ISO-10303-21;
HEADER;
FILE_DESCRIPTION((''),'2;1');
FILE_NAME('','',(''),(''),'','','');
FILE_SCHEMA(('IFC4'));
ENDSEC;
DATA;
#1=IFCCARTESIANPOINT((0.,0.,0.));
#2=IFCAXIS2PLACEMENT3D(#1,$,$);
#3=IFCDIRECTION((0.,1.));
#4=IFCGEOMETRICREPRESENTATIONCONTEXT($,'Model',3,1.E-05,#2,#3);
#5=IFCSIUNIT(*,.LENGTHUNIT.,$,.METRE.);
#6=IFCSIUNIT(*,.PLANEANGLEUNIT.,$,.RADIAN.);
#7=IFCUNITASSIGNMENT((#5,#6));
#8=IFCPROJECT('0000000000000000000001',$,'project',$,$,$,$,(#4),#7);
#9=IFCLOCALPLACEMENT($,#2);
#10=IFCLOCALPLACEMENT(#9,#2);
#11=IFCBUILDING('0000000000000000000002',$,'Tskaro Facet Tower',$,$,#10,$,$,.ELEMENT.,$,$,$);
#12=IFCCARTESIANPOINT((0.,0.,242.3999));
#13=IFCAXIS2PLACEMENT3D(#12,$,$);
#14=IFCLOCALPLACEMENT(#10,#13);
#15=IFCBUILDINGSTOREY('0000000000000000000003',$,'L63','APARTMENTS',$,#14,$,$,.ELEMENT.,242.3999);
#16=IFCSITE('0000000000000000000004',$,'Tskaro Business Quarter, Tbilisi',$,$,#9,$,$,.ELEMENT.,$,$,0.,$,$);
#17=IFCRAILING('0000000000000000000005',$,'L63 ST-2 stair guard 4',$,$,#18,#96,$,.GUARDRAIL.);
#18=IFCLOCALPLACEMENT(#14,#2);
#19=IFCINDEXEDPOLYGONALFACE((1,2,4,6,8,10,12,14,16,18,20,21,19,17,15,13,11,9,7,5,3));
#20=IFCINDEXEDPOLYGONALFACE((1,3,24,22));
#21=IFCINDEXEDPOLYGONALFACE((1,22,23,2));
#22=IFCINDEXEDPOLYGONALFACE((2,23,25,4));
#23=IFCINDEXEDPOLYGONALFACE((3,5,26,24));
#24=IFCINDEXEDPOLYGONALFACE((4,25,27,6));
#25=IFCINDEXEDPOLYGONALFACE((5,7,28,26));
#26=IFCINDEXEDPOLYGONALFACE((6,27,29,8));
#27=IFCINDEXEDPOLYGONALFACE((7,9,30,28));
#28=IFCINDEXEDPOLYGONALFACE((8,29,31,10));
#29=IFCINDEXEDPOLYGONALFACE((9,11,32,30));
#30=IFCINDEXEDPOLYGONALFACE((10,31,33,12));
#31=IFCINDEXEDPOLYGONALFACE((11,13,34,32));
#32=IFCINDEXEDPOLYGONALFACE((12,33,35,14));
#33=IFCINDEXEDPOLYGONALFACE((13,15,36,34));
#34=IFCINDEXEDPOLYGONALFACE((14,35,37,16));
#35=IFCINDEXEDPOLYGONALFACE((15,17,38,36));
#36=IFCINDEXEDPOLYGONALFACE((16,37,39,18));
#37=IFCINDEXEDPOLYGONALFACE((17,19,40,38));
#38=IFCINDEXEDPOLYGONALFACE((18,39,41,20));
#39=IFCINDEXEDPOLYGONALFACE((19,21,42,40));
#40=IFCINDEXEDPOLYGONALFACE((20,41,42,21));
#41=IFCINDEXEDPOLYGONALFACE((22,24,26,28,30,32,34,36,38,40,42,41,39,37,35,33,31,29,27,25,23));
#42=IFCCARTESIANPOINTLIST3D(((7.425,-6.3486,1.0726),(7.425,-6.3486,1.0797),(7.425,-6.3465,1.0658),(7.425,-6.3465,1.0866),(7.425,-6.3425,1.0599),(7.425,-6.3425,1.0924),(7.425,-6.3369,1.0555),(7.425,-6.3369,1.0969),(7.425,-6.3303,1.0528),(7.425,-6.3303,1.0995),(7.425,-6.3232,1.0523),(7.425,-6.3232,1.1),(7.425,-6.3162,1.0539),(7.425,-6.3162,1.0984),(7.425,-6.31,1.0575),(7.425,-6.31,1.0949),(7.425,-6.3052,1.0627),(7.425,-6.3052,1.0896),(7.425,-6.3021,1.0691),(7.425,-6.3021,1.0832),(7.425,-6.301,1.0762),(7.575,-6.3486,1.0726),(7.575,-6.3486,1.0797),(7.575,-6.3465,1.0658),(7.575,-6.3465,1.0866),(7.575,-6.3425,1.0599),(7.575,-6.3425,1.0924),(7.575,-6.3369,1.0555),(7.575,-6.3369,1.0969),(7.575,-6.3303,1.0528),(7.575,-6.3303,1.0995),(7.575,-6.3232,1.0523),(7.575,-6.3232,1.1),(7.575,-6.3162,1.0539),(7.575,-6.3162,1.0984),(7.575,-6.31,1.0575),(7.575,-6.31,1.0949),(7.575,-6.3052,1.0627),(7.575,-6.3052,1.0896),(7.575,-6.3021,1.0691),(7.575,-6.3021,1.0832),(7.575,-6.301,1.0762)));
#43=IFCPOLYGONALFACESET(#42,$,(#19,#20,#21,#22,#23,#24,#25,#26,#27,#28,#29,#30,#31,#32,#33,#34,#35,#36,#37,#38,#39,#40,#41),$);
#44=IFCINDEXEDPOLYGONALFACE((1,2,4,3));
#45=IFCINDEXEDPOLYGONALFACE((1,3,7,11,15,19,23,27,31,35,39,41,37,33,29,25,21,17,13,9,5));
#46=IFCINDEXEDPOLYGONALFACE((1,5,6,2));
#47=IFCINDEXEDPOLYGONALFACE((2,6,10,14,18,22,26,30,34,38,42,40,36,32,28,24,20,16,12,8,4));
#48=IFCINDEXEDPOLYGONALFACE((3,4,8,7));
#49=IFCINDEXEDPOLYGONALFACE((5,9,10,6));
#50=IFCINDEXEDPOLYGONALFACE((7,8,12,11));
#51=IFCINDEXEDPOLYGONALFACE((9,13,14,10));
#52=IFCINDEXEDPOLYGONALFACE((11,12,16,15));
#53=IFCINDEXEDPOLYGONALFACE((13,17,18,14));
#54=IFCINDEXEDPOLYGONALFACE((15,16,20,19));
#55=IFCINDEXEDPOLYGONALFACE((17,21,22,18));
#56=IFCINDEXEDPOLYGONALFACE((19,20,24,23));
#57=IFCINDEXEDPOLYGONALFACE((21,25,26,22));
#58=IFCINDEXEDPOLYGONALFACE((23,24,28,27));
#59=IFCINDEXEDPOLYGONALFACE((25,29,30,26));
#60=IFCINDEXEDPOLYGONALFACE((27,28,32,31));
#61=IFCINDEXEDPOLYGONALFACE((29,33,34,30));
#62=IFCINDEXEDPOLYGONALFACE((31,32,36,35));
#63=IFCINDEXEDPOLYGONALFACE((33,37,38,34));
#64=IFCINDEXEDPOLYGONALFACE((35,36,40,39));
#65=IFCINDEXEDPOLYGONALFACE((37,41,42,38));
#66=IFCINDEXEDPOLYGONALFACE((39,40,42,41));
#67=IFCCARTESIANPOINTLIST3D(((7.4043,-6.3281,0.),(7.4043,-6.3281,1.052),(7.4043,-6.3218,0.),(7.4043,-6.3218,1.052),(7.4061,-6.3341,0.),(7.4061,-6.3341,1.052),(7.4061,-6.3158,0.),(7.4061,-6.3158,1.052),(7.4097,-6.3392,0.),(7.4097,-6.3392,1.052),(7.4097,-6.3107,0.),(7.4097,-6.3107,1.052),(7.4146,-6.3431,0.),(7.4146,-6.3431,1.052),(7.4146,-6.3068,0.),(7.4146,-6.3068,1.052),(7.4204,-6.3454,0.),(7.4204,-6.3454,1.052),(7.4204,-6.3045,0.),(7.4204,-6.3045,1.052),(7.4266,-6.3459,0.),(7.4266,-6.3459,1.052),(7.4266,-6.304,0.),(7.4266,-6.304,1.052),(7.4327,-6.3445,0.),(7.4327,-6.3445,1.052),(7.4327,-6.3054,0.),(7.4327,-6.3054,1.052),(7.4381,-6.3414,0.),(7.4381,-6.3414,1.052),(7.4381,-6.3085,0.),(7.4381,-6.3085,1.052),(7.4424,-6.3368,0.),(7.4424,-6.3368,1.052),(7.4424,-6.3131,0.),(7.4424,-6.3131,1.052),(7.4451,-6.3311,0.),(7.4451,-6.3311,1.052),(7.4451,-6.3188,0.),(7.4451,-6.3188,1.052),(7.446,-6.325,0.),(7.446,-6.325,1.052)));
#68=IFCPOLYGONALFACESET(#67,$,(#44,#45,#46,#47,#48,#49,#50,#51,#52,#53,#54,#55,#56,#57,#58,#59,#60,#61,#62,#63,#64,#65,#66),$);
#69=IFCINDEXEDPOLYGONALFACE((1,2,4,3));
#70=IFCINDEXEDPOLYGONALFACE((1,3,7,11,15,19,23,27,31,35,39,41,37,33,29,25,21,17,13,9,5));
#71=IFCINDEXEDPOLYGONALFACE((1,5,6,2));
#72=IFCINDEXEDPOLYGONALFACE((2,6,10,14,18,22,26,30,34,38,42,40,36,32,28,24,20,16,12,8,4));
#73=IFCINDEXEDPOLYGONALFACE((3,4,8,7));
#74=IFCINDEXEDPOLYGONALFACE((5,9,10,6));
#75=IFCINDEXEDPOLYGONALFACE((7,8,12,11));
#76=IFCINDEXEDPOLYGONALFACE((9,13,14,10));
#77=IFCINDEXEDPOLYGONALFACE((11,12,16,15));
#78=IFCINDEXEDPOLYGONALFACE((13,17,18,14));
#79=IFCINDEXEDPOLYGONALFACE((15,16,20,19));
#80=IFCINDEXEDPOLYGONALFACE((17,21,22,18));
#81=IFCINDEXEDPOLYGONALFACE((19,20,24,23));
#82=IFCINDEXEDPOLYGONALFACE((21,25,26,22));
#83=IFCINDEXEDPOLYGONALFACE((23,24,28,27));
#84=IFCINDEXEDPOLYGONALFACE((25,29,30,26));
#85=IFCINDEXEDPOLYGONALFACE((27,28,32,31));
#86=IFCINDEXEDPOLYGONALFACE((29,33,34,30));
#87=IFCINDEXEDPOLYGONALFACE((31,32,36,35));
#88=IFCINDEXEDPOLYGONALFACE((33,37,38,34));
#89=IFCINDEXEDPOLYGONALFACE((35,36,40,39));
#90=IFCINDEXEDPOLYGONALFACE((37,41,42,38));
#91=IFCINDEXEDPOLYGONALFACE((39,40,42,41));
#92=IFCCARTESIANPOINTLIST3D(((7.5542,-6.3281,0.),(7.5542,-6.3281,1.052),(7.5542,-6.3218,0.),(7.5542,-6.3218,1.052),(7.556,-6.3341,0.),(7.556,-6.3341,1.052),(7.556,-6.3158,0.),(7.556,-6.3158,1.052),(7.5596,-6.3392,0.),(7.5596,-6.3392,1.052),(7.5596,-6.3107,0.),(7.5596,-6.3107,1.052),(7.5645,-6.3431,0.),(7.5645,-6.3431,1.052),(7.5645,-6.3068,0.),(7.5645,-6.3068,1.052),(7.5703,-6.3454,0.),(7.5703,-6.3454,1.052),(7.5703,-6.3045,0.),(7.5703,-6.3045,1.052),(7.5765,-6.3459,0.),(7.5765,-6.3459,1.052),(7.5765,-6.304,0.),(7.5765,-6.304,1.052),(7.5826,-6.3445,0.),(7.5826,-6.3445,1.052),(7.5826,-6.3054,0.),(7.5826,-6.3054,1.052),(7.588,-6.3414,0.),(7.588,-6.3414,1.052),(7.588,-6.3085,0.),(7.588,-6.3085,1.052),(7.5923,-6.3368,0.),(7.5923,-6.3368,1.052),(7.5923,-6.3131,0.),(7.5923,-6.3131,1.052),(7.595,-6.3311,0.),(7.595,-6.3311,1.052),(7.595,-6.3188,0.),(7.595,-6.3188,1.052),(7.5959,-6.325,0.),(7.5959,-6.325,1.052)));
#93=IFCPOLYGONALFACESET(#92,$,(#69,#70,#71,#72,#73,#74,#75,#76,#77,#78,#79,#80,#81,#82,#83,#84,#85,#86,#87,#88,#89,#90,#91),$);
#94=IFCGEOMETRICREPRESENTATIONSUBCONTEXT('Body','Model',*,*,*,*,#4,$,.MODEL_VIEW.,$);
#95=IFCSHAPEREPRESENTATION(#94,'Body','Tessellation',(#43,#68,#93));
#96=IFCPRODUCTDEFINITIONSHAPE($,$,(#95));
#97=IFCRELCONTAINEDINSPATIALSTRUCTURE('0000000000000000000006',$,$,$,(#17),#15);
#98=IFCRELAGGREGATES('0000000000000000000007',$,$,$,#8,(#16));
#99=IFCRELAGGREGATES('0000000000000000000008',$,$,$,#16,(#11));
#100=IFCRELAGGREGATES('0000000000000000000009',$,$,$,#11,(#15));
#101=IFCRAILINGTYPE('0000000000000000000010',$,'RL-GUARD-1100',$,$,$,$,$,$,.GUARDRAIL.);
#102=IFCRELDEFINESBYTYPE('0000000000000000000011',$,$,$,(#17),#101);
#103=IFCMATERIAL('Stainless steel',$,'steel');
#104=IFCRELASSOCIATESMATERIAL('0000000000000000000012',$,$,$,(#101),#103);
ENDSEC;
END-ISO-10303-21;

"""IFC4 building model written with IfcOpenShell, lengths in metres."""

from ifc_helpers import new_model, si_unit, direction, frame, origin, origin_2d, place, context, subcontext, project, spatial, circle, extrude, material, type_object, element, save


model = new_model("IFC4")

# Units and contexts
model_context = context("Model", 3, precision=1e-05, world=origin(), true_north=direction((0.0, 1.0)))
body_context = subcontext(model_context, "Body", "Model", "MODEL_VIEW")
ifc_project = project(units=[si_unit("LENGTHUNIT", "METRE"), si_unit("PLANEANGLEUNIT", "RADIAN")], contexts=[model_context])

# Site, building, storey
site_placement = place(None, origin())
site = spatial("IfcSite", under=ifc_project, at=site_placement, Name="Tskaro Business Quarter, Tbilisi", CompositionType="ELEMENT", RefElevation=0.0)
building_placement = place(site_placement, origin())
building = spatial("IfcBuilding", under=site, at=building_placement, Name="Tskaro Facet Tower", CompositionType="ELEMENT")
storey_placement = place(building_placement, frame((0.0, 0.0, 242.3999)))
storey = spatial("IfcBuildingStorey", under=building, at=storey_placement, Name="L63", Description="APARTMENTS", CompositionType="ELEMENT", Elevation=242.3999)

# Railing
ifc_material_1 = material(Name="Stainless steel", Category="steel")
railing_type_1 = type_object("IfcRailingType", Name="RL-GUARD-1100", PredefinedType="GUARDRAIL", material=ifc_material_1)
railing_1_placement = place(storey_placement, frame((7.425, -6.325, 0.0)))
element("IfcRailing", 1, at=railing_1_placement, inside=storey, type_object=railing_type_1, Name="L63 ST-2 stair guard 4", PredefinedType="GUARDRAIL", context=body_context, shape_type="SweptSolid", body=[
    extrude(circle(Radius=0.0239, at=origin_2d()), frame((0.0, 0.0, 1.0762), z_axis=(1.0, 0.0, 0.0), x_axis=(0.0, 1.0, 0.0)), (0.0, 0.0, 1.0), 0.1499),
    extrude(circle(Radius=0.021, at=origin_2d()), origin(), (0.0, 0.0, 1.0), 1.052),
    extrude(circle(Radius=0.021, at=origin_2d()), frame((0.1499, 0.0, 0.0)), (0.0, 0.0, 1.0), 1.052),
])

save(model, "model.ifc")
